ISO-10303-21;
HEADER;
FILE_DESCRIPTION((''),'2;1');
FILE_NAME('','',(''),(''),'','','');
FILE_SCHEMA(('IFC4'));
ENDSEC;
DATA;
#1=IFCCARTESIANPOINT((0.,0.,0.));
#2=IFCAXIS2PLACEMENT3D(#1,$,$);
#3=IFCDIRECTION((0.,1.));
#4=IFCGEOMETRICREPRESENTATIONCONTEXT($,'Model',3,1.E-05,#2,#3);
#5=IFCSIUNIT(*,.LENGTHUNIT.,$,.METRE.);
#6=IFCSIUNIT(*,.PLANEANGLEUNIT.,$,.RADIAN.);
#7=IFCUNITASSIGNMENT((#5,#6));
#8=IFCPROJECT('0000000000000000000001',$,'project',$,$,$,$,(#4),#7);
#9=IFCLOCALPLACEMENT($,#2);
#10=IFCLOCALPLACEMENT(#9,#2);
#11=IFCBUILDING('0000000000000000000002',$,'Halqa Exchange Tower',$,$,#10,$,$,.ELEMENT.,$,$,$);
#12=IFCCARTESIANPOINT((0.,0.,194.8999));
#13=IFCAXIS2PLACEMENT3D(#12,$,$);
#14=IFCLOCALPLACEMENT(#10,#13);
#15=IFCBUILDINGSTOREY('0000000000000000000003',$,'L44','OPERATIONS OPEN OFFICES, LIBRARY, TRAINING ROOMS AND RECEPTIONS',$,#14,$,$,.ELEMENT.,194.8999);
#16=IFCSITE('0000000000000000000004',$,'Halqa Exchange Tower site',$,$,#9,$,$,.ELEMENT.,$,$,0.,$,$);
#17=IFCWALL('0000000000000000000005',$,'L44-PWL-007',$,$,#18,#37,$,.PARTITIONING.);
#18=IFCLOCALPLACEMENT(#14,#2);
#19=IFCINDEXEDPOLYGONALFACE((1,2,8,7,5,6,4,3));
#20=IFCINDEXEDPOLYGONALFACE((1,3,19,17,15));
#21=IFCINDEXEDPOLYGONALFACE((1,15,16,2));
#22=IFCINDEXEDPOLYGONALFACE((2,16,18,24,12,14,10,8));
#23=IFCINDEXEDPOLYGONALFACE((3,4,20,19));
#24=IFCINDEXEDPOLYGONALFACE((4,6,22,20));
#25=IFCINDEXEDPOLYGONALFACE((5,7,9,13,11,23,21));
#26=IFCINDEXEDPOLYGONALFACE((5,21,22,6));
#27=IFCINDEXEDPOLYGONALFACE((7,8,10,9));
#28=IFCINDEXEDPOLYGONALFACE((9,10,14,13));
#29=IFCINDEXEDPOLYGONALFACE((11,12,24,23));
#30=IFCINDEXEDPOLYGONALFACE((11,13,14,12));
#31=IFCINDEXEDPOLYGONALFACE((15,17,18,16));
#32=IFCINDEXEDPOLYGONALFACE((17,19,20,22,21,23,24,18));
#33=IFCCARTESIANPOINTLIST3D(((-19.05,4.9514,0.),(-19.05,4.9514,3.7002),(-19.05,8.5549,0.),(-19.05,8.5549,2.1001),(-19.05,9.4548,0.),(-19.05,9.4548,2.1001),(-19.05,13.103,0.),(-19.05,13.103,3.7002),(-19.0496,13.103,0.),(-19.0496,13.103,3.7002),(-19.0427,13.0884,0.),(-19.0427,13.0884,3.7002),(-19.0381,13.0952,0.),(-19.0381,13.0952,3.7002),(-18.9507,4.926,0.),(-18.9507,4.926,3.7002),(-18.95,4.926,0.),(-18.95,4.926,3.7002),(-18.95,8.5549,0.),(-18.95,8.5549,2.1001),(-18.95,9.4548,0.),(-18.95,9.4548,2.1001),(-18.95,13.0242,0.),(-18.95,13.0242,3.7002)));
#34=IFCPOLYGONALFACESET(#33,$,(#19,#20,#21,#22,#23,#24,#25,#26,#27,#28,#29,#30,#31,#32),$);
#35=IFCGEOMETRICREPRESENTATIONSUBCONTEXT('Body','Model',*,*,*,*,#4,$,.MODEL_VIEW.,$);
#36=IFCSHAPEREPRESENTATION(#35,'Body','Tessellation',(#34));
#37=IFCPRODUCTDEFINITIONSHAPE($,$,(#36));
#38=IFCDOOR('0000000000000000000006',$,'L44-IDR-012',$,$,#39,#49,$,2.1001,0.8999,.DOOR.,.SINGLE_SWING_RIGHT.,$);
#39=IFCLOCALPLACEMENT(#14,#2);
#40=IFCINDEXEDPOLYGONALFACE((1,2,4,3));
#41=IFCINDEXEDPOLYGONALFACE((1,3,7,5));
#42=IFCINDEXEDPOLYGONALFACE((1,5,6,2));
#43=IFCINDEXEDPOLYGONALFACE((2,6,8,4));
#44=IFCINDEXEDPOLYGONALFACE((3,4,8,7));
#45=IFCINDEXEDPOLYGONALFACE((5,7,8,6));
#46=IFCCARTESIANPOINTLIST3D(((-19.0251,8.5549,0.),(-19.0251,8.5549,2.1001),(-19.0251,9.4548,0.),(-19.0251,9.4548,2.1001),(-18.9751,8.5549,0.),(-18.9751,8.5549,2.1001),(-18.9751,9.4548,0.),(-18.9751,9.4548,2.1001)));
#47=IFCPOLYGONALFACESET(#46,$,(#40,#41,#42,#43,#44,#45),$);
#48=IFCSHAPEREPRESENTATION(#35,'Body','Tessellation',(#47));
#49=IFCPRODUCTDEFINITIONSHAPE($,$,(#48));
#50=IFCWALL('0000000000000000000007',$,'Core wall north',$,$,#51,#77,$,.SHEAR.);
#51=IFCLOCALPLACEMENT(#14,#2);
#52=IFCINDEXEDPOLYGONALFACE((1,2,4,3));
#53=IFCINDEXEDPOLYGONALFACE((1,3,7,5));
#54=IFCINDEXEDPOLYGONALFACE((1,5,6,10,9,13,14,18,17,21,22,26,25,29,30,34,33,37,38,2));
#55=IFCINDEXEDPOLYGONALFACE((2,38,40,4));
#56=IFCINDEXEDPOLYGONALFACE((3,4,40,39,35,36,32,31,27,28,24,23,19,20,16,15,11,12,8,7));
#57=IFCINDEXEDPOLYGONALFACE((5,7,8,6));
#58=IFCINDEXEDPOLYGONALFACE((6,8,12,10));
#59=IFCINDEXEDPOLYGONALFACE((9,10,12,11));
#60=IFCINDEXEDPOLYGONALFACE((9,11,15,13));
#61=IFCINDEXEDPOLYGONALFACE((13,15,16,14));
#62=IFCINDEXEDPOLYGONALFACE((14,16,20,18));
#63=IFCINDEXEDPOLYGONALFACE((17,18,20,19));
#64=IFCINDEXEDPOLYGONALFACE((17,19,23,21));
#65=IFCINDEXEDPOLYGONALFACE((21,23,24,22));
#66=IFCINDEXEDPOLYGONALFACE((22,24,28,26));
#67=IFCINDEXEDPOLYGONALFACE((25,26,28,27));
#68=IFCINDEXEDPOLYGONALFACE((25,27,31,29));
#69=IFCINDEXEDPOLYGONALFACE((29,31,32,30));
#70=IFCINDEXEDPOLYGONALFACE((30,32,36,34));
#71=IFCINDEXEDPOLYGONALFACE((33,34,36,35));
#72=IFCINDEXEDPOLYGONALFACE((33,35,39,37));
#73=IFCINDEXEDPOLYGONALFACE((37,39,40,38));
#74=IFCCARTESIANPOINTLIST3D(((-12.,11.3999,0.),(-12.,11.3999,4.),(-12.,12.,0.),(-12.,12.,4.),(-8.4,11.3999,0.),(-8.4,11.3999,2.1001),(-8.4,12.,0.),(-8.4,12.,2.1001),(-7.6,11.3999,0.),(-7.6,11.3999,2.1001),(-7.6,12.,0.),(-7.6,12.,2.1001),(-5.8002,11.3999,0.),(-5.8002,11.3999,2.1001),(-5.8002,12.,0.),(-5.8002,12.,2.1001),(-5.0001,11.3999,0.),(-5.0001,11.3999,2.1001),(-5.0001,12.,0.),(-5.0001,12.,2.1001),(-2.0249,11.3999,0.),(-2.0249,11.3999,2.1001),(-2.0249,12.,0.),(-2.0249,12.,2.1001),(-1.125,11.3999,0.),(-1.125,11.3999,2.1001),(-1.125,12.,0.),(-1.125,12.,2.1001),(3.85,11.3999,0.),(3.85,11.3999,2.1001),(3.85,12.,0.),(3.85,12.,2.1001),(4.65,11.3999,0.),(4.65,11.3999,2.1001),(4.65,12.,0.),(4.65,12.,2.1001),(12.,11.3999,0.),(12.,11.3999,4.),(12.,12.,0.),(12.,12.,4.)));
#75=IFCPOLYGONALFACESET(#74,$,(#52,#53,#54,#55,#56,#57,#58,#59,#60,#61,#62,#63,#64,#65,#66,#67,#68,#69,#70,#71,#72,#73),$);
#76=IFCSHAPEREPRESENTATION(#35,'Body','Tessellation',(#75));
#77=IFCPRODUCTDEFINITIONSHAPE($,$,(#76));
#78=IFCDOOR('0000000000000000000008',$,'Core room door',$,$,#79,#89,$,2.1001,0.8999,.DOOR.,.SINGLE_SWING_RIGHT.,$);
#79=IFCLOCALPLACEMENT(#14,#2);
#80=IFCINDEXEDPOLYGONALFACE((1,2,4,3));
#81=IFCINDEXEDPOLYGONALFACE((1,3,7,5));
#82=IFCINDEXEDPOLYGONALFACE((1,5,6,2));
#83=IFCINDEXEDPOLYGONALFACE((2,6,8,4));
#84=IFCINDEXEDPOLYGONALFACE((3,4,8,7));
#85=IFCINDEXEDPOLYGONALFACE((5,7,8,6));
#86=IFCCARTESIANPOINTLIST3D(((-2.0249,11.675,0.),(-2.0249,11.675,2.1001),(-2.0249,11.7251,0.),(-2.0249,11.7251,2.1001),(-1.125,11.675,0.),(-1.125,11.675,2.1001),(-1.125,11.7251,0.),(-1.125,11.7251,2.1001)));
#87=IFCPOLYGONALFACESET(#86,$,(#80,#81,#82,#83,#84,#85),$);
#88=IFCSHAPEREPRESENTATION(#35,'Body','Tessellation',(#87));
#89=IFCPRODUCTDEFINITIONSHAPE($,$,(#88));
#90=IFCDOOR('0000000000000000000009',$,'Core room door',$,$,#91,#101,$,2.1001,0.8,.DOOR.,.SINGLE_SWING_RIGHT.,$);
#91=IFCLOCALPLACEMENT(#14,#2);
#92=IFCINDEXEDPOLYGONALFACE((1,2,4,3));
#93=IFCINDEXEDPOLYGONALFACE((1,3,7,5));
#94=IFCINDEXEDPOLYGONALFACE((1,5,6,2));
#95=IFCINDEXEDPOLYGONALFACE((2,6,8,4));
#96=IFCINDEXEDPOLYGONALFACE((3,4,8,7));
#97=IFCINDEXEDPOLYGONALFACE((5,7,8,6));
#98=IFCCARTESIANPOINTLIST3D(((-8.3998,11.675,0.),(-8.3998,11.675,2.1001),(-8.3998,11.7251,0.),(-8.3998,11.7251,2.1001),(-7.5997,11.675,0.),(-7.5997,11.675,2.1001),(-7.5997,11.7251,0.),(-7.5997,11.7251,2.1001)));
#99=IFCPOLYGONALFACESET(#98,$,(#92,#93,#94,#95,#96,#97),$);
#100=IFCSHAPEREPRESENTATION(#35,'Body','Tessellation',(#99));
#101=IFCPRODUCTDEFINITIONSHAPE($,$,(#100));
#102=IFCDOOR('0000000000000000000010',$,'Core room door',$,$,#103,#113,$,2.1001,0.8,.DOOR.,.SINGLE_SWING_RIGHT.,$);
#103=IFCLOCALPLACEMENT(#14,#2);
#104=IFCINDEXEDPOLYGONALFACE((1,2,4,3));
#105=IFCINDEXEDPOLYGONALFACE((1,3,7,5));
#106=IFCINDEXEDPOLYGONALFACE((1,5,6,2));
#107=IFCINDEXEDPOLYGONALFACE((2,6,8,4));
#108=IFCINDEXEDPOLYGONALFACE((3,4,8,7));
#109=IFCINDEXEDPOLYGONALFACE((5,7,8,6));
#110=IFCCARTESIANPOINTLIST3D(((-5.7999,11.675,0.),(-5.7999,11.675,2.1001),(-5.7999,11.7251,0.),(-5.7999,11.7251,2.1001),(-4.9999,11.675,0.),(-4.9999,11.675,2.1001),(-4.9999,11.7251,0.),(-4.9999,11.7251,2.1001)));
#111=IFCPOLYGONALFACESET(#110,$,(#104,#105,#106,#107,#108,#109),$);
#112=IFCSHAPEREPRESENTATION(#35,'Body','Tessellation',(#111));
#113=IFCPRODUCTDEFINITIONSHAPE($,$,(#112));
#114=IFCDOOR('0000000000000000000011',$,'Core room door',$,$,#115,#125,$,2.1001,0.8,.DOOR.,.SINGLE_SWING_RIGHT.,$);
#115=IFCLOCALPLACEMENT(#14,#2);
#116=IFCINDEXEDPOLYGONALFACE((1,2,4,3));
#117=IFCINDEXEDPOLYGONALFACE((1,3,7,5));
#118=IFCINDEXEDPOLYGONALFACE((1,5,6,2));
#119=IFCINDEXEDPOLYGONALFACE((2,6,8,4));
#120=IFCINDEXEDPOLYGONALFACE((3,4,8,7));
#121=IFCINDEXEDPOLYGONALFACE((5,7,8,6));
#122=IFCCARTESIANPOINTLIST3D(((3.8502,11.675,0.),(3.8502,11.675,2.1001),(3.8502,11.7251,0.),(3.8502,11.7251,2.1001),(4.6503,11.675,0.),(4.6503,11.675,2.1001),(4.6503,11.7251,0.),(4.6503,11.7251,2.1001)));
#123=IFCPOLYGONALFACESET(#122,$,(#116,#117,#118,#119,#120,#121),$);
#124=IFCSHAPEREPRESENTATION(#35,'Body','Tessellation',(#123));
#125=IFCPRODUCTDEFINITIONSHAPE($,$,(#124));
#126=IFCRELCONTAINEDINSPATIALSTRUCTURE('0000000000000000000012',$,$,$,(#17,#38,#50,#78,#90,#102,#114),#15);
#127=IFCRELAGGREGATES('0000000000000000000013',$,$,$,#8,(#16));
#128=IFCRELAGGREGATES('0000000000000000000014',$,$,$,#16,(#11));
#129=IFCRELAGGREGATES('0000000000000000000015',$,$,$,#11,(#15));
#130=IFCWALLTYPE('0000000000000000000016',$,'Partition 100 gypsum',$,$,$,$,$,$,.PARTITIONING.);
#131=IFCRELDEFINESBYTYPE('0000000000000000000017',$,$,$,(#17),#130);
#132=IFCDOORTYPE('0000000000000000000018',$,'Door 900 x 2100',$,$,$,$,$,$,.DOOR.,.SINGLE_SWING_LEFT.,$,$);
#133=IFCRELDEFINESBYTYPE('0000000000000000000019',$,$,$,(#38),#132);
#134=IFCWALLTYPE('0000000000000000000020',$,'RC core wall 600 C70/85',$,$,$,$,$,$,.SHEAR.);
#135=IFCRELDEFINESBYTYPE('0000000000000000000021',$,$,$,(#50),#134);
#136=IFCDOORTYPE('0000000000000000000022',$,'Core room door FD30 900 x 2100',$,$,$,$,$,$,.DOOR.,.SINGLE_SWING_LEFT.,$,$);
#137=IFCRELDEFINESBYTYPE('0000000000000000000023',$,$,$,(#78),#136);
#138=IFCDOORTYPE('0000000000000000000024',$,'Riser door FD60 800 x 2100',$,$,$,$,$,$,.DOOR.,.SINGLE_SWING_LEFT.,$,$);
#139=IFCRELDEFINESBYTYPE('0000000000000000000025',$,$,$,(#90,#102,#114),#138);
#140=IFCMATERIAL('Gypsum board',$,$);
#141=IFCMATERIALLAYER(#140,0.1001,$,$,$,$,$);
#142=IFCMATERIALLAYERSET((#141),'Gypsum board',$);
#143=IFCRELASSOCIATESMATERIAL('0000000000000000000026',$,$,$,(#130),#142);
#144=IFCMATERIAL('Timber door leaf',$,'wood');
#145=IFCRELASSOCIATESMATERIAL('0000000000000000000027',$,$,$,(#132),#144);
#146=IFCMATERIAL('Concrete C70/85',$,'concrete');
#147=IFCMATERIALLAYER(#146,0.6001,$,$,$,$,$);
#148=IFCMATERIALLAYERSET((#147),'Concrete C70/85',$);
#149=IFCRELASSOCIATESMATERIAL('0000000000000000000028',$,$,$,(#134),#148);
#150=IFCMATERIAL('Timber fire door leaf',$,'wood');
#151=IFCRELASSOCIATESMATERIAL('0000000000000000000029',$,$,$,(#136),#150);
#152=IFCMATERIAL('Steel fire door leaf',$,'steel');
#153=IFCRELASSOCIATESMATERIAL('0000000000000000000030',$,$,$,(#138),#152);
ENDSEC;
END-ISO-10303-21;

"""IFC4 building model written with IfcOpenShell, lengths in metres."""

from ifc_helpers import new_model, si_unit, direction, frame, frame_2d, origin, place, context, subcontext, project, spatial, polyline, rectangle, outline, extrude, material, layer, layer_set, type_object, element, fill, save


model = new_model("IFC4")

# Units and contexts
model_context = context("Model", 3, precision=1e-05, world=origin(), true_north=direction((0.0, 1.0)))
body_context = subcontext(model_context, "Body", "Model", "MODEL_VIEW")
ifc_project = project(units=[si_unit("LENGTHUNIT", "METRE"), si_unit("PLANEANGLEUNIT", "RADIAN")], contexts=[model_context])

# Site, building, storey
site_placement = place(None, origin())
site = spatial("IfcSite", under=ifc_project, at=site_placement, Name="Halqa Exchange Tower site", CompositionType="ELEMENT", RefElevation=0.0)
building_placement = place(site_placement, origin())
building = spatial("IfcBuilding", under=site, at=building_placement, Name="Halqa Exchange Tower", CompositionType="ELEMENT")
storey_placement = place(building_placement, frame((0.0, 0.0, 194.8999)))
storey = spatial("IfcBuildingStorey", under=building, at=storey_placement, Name="L44", Description="OPERATIONS OPEN OFFICES, LIBRARY, TRAINING ROOMS AND RECEPTIONS", CompositionType="ELEMENT", Elevation=194.8999)

# Wall, opening, door
ifc_material_1 = material(Name="Gypsum board")
ifc_layer_1 = layer(ifc_material_1, 0.1001)
ifc_layer_set_1 = layer_set([ifc_layer_1], Name="Gypsum board")
wall_type_1 = type_object("IfcWallType", Name="Partition 100 gypsum", PredefinedType="PARTITIONING", material=ifc_layer_set_1)
wall_1_placement = place(storey_placement, frame((-19.0, 4.926, 0.0), z_axis=(0.0, 0.0, 1.0), x_axis=(0.0, 1.0, 0.0)))
wall_1 = element("IfcWall", 1, at=wall_1_placement, inside=storey, type_object=wall_type_1, Name="L44-PWL-007", PredefinedType="PARTITIONING", context=body_context, shape_type="SweptSolid", body=[
    extrude(outline(polyline([(0.0, -0.05), (1.6196, -0.05), (3.2393, -0.05), (4.8589, -0.05), (6.4785, -0.05), (8.0981, -0.05), (8.1624, 0.0427), (8.1692, 0.0381), (8.177, 0.0496), (8.177, 0.05), (6.5466, 0.05), (4.9165, 0.05), (3.2861, 0.05), (1.6558, 0.05), (0.0254, 0.05), (0.0, -0.0493), (0.0, -0.05)])), origin(), (0.0, 0.0, 1.0), 3.7002),
])
opening_1_placement = place(wall_1_placement, frame((3.6289, 0.0, 0.0)))
opening_1 = element("IfcOpeningElement", 2, at=opening_1_placement, cuts=wall_1, PredefinedType="OPENING", context=body_context, shape_type="SweptSolid", body=[
    extrude(rectangle(XDim=0.8999, YDim=2.1001, at=frame_2d((0.45, 1.05))), frame((0.0, 0.062, 0.0), z_axis=(0.0, -1.0, 0.0), x_axis=(1.0, 0.0, 0.0)), (0.0, 0.0, 1.0), 0.124),
])
ifc_material_2 = material(Name="Timber door leaf", Category="wood")
door_type_1 = type_object("IfcDoorType", Name="Door 900 x 2100", OperationType="SINGLE_SWING_LEFT", PredefinedType="DOOR", material=ifc_material_2)
door_1_placement = place(opening_1_placement, frame((0.8999, 0.0, 0.0), z_axis=(0.0, 0.0, 1.0), x_axis=(-1.0, 0.0, 0.0)))
door_1 = element("IfcDoor", 3, at=door_1_placement, inside=storey, type_object=door_type_1, Name="L44-IDR-012", OperationType="SINGLE_SWING_RIGHT", OverallHeight=2.1001, OverallWidth=0.8999, PredefinedType="DOOR", context=body_context, shape_type="SweptSolid", body=[
    extrude(rectangle(XDim=0.8999, YDim=2.1001, at=frame_2d((0.45, 1.05))), frame((0.0, 0.0249, 0.0), z_axis=(0.0, -1.0, 0.0), x_axis=(1.0, 0.0, 0.0)), (0.0, 0.0, 1.0), 0.05),
])
fill(opening_1, door_1)

# Wall, openings, doors
ifc_material_3 = material(Name="Concrete C70/85", Category="concrete")
ifc_layer_2 = layer(ifc_material_3, 0.6001)
ifc_layer_set_2 = layer_set([ifc_layer_2], Name="Concrete C70/85")
wall_type_2 = type_object("IfcWallType", Name="RC core wall 600 C70/85", PredefinedType="SHEAR", material=ifc_layer_set_2)
wall_2_placement = place(storey_placement, frame((-12.0, 11.7, 0.0), z_axis=(0.0, 0.0, 1.0), x_axis=(1.0, 0.0, 0.0)))
wall_2 = element("IfcWall", 4, at=wall_2_placement, inside=storey, type_object=wall_type_2, Name="Core wall north", PredefinedType="SHEAR", context=body_context, shape_type="SweptSolid", body=[
    extrude(rectangle(XDim=24.0, YDim=0.6001, at=frame_2d((12.0, 0.0))), origin(), (0.0, 0.0, 1.0), 4.0),
])
opening_2_placement = place(wall_2_placement, frame((9.9751, 0.0, 0.0)))
opening_2 = element("IfcOpeningElement", 5, at=opening_2_placement, cuts=wall_2, PredefinedType="OPENING", context=body_context, shape_type="SweptSolid", body=[
    extrude(rectangle(XDim=0.8999, YDim=2.1001, at=frame_2d((0.45, 1.05))), frame((0.0, 0.312, 0.0), z_axis=(0.0, -1.0, 0.0), x_axis=(1.0, 0.0, 0.0)), (0.0, 0.0, 1.0), 0.624),
])
opening_3_placement = place(wall_2_placement, frame((3.6001, 0.0, 0.0)))
opening_3 = element("IfcOpeningElement", 6, at=opening_3_placement, cuts=wall_2, PredefinedType="OPENING", context=body_context, shape_type="SweptSolid", body=[
    extrude(rectangle(XDim=0.8, YDim=2.1001, at=frame_2d((0.3999, 1.05))), frame((0.0, 0.312, 0.0), z_axis=(0.0, -1.0, 0.0), x_axis=(1.0, 0.0, 0.0)), (0.0, 0.0, 1.0), 0.624),
])
opening_4_placement = place(wall_2_placement, frame((6.2, 0.0, 0.0)))
opening_4 = element("IfcOpeningElement", 7, at=opening_4_placement, cuts=wall_2, PredefinedType="OPENING", context=body_context, shape_type="SweptSolid", body=[
    extrude(rectangle(XDim=0.8, YDim=2.1001, at=frame_2d((0.3999, 1.05))), frame((0.0, 0.312, 0.0), z_axis=(0.0, -1.0, 0.0), x_axis=(1.0, 0.0, 0.0)), (0.0, 0.0, 1.0), 0.624),
])
opening_5_placement = place(wall_2_placement, frame((15.8501, 0.0, 0.0)))
opening_5 = element("IfcOpeningElement", 8, at=opening_5_placement, cuts=wall_2, PredefinedType="OPENING", context=body_context, shape_type="SweptSolid", body=[
    extrude(rectangle(XDim=0.8, YDim=2.1001, at=frame_2d((0.3999, 1.05))), frame((0.0, 0.312, 0.0), z_axis=(0.0, -1.0, 0.0), x_axis=(1.0, 0.0, 0.0)), (0.0, 0.0, 1.0), 0.624),
])
ifc_material_4 = material(Name="Timber fire door leaf", Category="wood")
door_type_2 = type_object("IfcDoorType", Name="Core room door FD30 900 x 2100", OperationType="SINGLE_SWING_LEFT", PredefinedType="DOOR", material=ifc_material_4)
door_2_placement = place(opening_2_placement, frame((0.8999, 0.0, 0.0), z_axis=(0.0, 0.0, 1.0), x_axis=(-1.0, 0.0, 0.0)))
door_2 = element("IfcDoor", 9, at=door_2_placement, inside=storey, type_object=door_type_2, Name="Core room door", OperationType="SINGLE_SWING_RIGHT", OverallHeight=2.1001, OverallWidth=0.8999, PredefinedType="DOOR", context=body_context, shape_type="SweptSolid", body=[
    extrude(rectangle(XDim=0.8999, YDim=2.1001, at=frame_2d((0.45, 1.05))), frame((0.0, 0.0249, 0.0), z_axis=(0.0, -1.0, 0.0), x_axis=(1.0, 0.0, 0.0)), (0.0, 0.0, 1.0), 0.05),
])
fill(opening_2, door_2)
ifc_material_5 = material(Name="Steel fire door leaf", Category="steel")
door_type_3 = type_object("IfcDoorType", Name="Riser door FD60 800 x 2100", OperationType="SINGLE_SWING_LEFT", PredefinedType="DOOR", material=ifc_material_5)
door_3_placement = place(opening_3_placement, frame((0.8, 0.0, 0.0), z_axis=(0.0, 0.0, 1.0), x_axis=(-1.0, 0.0, 0.0)))
door_3 = element("IfcDoor", 10, at=door_3_placement, inside=storey, type_object=door_type_3, Name="Core room door", OperationType="SINGLE_SWING_RIGHT", OverallHeight=2.1001, OverallWidth=0.8, PredefinedType="DOOR", context=body_context, shape_type="SweptSolid", body=[
    extrude(rectangle(XDim=0.8, YDim=2.1001, at=frame_2d((0.3999, 1.05))), frame((0.0, 0.0249, 0.0), z_axis=(0.0, -1.0, 0.0), x_axis=(1.0, 0.0, 0.0)), (0.0, 0.0, 1.0), 0.05),
])
fill(opening_3, door_3)
door_4_placement = place(opening_4_placement, frame((0.8, 0.0, 0.0), z_axis=(0.0, 0.0, 1.0), x_axis=(-1.0, 0.0, 0.0)))
door_4 = element("IfcDoor", 11, at=door_4_placement, inside=storey, type_object=door_type_3, Name="Core room door", OperationType="SINGLE_SWING_RIGHT", OverallHeight=2.1001, OverallWidth=0.8, PredefinedType="DOOR", context=body_context, shape_type="SweptSolid", body=[
    extrude(rectangle(XDim=0.8, YDim=2.1001, at=frame_2d((0.3999, 1.05))), frame((0.0, 0.0249, 0.0), z_axis=(0.0, -1.0, 0.0), x_axis=(1.0, 0.0, 0.0)), (0.0, 0.0, 1.0), 0.05),
])
fill(opening_4, door_4)
door_5_placement = place(opening_5_placement, frame((0.8, 0.0, 0.0), z_axis=(0.0, 0.0, 1.0), x_axis=(-1.0, 0.0, 0.0)))
door_5 = element("IfcDoor", 12, at=door_5_placement, inside=storey, type_object=door_type_3, Name="Core room door", OperationType="SINGLE_SWING_RIGHT", OverallHeight=2.1001, OverallWidth=0.8, PredefinedType="DOOR", context=body_context, shape_type="SweptSolid", body=[
    extrude(rectangle(XDim=0.8, YDim=2.1001, at=frame_2d((0.3999, 1.05))), frame((0.0, 0.0249, 0.0), z_axis=(0.0, -1.0, 0.0), x_axis=(1.0, 0.0, 0.0)), (0.0, 0.0, 1.0), 0.05),
])
fill(opening_5, door_5)

save(model, "model.ifc")
